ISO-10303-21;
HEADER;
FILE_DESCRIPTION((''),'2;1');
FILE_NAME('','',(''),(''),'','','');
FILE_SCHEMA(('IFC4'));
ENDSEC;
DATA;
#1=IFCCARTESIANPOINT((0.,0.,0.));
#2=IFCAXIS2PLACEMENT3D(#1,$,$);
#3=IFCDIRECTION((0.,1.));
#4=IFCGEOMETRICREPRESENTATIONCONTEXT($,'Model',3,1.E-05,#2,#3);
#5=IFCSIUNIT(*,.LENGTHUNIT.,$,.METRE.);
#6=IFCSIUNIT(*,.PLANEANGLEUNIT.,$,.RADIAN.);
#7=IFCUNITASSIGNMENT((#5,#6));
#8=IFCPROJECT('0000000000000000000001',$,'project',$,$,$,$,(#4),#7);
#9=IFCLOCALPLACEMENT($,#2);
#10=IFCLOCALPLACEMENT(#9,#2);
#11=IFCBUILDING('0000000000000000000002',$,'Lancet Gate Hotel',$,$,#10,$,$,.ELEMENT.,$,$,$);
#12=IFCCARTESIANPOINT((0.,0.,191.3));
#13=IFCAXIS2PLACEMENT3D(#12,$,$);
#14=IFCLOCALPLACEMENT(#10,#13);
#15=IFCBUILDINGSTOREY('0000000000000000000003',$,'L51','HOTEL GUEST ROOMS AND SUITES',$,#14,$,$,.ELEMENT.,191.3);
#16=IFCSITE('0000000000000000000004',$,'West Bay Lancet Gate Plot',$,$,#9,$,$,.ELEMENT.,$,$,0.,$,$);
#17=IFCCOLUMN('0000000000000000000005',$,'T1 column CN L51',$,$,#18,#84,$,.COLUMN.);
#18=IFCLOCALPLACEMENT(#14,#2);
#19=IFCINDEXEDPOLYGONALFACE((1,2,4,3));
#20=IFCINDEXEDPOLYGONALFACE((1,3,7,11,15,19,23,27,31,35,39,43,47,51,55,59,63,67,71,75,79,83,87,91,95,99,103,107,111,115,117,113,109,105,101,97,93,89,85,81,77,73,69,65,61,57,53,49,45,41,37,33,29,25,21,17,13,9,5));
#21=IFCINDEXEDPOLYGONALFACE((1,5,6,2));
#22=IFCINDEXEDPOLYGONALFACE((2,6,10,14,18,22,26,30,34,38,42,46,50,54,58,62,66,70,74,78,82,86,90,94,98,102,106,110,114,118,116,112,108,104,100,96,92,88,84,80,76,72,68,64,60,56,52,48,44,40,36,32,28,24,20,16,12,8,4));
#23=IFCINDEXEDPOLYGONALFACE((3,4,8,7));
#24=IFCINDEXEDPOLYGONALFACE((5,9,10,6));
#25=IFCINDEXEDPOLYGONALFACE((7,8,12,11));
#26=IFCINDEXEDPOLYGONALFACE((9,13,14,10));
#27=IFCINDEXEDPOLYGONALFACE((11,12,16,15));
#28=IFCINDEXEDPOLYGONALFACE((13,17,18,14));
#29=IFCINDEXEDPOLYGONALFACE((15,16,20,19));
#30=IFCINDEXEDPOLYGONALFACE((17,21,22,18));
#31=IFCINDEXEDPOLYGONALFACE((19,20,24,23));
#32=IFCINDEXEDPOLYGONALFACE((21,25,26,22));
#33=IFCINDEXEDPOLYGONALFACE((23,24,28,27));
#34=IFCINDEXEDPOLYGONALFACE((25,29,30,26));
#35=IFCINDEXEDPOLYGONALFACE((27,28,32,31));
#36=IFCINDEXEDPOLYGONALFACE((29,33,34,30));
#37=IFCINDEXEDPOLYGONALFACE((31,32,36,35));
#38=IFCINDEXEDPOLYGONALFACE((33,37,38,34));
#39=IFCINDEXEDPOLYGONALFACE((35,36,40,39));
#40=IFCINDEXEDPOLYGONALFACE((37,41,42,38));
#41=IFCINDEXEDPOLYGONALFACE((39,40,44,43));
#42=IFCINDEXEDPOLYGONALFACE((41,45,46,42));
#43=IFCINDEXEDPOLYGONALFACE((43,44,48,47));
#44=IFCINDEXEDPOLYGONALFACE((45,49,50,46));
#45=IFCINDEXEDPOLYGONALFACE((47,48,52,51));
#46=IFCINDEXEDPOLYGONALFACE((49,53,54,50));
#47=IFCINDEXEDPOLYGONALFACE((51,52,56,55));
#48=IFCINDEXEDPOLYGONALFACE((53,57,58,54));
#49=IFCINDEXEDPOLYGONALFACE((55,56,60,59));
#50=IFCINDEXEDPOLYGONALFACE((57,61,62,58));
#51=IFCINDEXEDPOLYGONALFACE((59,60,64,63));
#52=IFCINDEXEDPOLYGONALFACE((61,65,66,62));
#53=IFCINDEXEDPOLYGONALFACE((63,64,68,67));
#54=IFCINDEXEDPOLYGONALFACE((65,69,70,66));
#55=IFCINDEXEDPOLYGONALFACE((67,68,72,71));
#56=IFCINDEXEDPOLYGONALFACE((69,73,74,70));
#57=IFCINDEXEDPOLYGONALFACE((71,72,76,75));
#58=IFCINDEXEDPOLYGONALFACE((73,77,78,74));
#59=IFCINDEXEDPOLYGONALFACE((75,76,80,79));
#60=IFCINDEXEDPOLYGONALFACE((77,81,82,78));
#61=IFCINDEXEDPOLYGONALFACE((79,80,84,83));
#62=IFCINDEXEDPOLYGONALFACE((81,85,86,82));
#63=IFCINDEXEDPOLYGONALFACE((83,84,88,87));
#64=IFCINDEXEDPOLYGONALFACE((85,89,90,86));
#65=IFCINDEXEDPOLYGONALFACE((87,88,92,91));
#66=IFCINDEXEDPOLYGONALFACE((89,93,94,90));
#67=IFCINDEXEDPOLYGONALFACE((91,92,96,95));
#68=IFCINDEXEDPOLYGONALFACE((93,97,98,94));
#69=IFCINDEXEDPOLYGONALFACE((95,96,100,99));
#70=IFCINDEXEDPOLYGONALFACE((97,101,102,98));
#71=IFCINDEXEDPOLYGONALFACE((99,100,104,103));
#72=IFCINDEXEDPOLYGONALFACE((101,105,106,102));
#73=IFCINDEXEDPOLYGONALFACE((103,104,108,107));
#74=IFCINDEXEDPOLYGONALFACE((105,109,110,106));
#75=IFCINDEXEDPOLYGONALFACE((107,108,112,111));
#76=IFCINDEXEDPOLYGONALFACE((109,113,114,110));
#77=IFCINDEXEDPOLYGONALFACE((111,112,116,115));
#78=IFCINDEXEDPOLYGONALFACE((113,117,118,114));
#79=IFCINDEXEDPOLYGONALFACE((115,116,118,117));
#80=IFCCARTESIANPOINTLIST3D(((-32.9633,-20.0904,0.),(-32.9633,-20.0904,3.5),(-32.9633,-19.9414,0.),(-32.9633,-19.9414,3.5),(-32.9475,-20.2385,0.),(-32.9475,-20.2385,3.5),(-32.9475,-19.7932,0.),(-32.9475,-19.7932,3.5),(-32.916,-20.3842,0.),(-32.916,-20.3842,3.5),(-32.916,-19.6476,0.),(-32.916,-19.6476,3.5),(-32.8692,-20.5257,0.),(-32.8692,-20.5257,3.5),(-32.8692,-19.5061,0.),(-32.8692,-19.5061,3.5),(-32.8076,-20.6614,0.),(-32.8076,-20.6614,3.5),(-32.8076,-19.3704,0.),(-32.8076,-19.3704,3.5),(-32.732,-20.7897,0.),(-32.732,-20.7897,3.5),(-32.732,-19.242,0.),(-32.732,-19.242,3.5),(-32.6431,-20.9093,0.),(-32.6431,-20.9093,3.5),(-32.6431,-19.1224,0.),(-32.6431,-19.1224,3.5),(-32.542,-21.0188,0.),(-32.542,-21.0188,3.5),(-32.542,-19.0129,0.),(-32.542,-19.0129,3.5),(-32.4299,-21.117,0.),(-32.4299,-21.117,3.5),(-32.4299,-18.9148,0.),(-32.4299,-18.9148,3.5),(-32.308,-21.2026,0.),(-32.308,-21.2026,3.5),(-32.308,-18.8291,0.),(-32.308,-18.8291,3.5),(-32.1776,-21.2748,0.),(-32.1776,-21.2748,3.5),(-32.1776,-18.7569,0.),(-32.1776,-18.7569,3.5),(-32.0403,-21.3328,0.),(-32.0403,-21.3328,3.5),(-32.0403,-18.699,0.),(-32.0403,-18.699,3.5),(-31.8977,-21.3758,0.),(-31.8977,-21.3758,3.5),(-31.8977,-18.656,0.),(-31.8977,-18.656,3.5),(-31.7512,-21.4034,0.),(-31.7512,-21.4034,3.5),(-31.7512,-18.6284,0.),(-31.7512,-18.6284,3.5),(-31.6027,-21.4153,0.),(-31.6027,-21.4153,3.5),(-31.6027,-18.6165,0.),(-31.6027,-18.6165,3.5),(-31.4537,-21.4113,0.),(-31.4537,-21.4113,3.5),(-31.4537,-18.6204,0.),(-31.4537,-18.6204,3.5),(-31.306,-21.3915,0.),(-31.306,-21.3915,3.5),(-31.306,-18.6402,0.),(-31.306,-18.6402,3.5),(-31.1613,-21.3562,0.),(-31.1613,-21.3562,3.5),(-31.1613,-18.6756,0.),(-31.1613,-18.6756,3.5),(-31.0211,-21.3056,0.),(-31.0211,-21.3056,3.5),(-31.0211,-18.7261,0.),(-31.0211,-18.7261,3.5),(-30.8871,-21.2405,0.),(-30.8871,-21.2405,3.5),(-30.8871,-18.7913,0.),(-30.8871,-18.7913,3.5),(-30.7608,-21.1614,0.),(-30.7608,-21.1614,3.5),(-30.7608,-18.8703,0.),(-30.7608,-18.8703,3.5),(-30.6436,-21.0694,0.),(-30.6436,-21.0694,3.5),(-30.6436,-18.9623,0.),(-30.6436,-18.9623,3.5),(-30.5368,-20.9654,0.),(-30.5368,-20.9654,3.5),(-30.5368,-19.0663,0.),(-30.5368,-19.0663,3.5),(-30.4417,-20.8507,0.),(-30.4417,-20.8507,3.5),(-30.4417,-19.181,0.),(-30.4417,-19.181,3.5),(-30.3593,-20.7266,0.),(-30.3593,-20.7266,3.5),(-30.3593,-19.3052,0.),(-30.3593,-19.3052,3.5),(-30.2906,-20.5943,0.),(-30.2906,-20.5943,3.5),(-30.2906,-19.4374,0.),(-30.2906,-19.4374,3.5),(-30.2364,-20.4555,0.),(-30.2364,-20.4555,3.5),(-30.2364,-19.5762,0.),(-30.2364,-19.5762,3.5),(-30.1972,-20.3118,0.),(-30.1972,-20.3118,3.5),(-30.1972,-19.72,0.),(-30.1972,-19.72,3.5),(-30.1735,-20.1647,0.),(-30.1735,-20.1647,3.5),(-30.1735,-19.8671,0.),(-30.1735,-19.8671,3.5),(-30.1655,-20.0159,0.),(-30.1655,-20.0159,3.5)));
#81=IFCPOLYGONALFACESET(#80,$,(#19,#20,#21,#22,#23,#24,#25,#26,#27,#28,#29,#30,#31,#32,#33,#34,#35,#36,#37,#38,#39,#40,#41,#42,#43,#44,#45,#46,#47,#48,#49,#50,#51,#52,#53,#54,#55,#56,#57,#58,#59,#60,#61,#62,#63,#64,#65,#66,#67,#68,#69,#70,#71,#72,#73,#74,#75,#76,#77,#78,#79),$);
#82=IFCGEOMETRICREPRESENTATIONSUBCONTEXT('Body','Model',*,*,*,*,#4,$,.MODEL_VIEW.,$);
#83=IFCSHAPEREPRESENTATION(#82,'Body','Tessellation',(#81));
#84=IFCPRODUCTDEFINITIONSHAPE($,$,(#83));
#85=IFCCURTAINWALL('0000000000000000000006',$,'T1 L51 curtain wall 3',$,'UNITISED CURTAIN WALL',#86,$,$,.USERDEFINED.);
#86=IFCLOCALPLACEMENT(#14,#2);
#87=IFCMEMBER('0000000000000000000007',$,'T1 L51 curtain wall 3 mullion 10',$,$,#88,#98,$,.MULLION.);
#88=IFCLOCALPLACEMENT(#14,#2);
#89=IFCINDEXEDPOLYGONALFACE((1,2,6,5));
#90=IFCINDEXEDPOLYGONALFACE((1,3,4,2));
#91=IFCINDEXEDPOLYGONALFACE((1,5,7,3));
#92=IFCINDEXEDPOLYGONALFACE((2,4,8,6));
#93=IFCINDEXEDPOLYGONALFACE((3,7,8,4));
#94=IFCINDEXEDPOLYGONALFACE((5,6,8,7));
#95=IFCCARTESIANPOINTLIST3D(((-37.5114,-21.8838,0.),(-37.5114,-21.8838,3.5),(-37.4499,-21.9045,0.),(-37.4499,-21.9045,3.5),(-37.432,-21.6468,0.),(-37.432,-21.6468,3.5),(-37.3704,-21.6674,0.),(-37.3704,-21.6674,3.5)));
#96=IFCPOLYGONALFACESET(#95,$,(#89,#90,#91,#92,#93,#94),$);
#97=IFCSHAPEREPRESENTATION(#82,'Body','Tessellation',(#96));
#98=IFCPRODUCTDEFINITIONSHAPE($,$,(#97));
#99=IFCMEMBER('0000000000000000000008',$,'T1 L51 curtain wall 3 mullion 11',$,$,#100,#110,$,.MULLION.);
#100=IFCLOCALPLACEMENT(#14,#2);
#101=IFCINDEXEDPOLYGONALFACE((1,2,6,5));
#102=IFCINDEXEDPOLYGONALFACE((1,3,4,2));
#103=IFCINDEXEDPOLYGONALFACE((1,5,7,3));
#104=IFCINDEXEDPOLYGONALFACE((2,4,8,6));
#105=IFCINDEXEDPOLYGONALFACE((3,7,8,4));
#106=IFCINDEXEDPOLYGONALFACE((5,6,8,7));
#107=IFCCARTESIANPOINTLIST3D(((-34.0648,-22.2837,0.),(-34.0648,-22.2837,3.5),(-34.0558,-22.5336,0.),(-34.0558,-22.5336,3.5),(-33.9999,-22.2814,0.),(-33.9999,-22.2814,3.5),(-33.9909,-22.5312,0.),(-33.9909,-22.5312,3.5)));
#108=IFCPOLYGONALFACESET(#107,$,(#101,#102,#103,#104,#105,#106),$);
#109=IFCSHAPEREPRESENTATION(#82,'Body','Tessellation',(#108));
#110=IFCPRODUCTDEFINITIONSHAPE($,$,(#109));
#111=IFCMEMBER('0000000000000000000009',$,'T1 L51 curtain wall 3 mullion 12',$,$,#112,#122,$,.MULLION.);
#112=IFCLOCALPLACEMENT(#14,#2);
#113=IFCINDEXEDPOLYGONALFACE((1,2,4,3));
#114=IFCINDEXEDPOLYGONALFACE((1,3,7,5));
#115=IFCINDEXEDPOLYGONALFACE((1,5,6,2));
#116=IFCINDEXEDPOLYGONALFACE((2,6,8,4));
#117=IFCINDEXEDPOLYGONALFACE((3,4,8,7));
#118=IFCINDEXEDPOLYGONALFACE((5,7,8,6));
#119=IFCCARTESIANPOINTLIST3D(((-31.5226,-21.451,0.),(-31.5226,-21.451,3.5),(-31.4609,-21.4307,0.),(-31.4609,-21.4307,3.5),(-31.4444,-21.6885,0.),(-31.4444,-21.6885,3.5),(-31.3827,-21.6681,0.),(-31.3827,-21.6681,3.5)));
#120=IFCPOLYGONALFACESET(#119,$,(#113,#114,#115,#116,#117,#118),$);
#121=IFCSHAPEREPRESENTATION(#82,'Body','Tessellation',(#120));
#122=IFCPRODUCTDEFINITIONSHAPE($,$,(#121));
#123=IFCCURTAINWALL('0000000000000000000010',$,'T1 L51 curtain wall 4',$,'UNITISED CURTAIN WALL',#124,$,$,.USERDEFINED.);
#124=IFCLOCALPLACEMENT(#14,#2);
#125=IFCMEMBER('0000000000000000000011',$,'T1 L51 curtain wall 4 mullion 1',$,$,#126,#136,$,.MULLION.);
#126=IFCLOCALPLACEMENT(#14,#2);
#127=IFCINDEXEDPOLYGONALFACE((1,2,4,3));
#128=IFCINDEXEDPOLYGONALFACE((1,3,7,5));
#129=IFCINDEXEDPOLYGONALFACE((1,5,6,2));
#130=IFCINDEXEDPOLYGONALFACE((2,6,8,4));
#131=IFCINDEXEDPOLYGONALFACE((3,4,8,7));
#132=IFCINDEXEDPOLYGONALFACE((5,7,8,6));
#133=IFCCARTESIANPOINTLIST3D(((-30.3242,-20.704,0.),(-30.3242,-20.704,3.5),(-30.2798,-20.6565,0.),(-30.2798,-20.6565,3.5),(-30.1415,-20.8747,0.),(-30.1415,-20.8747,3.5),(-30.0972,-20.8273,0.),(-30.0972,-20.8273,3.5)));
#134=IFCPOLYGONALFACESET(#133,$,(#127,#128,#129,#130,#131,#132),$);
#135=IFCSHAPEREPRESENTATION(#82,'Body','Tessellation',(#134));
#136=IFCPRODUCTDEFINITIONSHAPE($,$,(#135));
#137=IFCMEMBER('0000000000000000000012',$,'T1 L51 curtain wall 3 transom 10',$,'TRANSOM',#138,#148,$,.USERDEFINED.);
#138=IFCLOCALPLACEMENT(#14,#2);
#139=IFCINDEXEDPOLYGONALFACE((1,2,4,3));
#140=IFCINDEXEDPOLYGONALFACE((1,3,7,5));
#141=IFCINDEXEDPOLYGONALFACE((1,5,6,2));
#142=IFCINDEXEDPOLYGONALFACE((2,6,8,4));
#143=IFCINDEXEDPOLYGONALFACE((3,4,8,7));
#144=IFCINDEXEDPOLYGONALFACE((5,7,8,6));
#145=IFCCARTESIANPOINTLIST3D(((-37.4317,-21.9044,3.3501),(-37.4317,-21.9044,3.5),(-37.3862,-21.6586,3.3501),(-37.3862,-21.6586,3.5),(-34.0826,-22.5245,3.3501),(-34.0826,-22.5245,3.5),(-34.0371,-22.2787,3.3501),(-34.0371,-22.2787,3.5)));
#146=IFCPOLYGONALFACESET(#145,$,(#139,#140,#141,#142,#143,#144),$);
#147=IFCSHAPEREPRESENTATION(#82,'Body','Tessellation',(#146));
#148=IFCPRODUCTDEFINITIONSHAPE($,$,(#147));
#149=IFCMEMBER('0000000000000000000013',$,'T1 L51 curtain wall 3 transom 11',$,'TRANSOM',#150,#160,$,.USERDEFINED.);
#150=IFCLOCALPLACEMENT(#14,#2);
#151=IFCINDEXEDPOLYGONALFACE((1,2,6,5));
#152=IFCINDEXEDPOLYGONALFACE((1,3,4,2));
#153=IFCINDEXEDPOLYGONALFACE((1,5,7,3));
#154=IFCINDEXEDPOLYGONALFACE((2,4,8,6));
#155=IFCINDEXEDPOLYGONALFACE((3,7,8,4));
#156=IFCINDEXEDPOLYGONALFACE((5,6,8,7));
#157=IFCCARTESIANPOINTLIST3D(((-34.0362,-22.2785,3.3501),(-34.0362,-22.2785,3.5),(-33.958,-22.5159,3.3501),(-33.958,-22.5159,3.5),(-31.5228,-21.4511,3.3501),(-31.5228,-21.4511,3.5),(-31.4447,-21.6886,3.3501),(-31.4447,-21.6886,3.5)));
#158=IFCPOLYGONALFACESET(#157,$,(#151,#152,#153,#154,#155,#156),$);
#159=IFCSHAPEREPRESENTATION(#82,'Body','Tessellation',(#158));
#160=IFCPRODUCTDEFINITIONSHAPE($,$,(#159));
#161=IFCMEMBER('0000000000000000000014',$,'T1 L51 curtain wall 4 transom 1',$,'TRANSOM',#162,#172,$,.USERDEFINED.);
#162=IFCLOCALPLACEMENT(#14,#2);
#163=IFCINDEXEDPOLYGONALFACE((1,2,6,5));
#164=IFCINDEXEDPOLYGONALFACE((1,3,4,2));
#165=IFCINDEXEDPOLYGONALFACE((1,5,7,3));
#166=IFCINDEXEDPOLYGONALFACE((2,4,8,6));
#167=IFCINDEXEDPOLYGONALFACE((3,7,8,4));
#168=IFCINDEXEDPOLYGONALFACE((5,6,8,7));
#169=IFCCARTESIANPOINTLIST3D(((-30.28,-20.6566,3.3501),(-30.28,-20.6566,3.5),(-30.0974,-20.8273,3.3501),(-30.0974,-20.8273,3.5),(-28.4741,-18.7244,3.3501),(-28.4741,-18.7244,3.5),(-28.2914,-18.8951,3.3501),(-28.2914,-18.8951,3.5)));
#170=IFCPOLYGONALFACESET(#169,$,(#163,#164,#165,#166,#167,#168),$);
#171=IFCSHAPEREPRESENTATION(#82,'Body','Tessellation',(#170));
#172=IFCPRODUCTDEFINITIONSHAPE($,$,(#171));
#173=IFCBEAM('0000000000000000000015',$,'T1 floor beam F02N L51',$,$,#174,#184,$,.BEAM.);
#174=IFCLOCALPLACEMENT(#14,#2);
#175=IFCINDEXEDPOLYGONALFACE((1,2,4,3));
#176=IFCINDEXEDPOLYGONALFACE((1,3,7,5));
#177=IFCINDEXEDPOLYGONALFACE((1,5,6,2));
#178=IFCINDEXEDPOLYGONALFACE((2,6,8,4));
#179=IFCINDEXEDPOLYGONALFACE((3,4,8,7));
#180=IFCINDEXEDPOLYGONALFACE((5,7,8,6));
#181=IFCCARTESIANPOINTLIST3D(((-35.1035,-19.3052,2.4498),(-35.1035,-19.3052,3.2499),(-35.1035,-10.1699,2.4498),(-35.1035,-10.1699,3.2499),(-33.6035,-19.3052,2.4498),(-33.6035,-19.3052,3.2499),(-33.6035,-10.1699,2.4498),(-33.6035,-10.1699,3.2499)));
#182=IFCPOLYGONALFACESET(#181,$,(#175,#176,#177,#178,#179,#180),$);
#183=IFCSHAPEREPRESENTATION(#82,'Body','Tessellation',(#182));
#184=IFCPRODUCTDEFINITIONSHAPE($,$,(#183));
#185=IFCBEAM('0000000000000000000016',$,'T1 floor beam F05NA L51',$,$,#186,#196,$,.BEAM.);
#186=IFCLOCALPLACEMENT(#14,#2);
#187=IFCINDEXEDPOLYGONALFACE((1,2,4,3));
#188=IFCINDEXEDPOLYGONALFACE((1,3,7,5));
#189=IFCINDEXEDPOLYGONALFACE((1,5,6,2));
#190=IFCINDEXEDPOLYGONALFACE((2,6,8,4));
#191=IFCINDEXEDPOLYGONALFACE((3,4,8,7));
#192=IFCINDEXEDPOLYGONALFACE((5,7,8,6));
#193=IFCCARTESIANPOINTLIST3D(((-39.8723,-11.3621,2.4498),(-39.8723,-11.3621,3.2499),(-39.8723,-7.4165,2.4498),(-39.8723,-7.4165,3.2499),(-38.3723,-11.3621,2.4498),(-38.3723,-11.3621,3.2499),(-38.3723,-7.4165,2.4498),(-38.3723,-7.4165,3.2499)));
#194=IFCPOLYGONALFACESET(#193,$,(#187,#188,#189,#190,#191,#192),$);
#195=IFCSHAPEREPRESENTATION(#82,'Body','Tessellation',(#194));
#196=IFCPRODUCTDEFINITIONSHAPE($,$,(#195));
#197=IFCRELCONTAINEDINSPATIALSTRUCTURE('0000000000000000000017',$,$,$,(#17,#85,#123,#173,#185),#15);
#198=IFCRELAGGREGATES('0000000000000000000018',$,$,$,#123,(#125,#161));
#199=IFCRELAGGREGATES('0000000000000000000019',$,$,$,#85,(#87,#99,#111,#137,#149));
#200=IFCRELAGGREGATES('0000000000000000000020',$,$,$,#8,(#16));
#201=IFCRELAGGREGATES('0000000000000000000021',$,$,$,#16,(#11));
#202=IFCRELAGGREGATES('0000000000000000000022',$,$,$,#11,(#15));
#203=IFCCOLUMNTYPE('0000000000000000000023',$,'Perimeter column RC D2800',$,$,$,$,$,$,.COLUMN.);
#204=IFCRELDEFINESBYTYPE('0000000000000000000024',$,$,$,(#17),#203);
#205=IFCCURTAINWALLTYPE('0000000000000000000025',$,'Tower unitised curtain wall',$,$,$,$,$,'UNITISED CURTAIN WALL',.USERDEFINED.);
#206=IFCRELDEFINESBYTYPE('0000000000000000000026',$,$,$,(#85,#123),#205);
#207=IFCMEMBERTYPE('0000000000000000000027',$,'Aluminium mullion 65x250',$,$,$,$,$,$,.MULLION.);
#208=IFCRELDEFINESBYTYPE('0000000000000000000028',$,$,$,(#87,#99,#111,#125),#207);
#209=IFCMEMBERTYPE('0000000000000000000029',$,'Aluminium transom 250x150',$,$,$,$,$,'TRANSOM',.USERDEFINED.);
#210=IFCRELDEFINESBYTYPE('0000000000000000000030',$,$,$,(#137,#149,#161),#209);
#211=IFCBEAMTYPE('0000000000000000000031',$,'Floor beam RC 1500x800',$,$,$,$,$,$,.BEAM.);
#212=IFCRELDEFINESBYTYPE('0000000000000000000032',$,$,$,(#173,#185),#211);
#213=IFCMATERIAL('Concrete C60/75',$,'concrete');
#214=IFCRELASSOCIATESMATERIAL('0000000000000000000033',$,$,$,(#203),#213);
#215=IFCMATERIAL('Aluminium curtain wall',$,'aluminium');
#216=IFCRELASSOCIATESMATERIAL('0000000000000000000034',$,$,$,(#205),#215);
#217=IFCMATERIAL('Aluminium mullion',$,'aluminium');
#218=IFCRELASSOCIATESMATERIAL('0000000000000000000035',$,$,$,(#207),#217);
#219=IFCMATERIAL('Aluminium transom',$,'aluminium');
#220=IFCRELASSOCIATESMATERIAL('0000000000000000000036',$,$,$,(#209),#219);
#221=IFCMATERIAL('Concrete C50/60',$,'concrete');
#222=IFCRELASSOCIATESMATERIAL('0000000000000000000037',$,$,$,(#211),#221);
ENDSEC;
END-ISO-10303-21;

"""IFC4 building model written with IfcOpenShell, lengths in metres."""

from ifc_helpers import new_model, si_unit, direction, frame, origin, origin_2d, place, context, subcontext, project, spatial, rectangle, circle, extrude, material, material_profile, profile_set, type_object, element, aggregate, save


model = new_model("IFC4")

# Units and contexts
model_context = context("Model", 3, precision=1e-05, world=origin(), true_north=direction((0.0, 1.0)))
body_context = subcontext(model_context, "Body", "Model", "MODEL_VIEW")
ifc_project = project(units=[si_unit("LENGTHUNIT", "METRE"), si_unit("PLANEANGLEUNIT", "RADIAN")], contexts=[model_context])

# Site, building, storey
site_placement = place(None, origin())
site = spatial("IfcSite", under=ifc_project, at=site_placement, Name="West Bay Lancet Gate Plot", CompositionType="ELEMENT", RefElevation=0.0)
building_placement = place(site_placement, origin())
building = spatial("IfcBuilding", under=site, at=building_placement, Name="Lancet Gate Hotel", CompositionType="ELEMENT")
storey_placement = place(building_placement, frame((0.0, 0.0, 191.3)))
storey = spatial("IfcBuildingStorey", under=building, at=storey_placement, Name="L51", Description="HOTEL GUEST ROOMS AND SUITES", CompositionType="ELEMENT", Elevation=191.3)

# Column
ifc_material_1 = material(Name="Concrete C60/75", Category="concrete")
ifc_material_profile_1 = material_profile(ifc_material_1, circle(Radius=1.3999, at=origin_2d()), Name="RC D2800")
ifc_profile_set_1 = profile_set([ifc_material_profile_1], Name="Concrete C60/75")
column_type = type_object("IfcColumnType", Name="Perimeter column RC D2800", PredefinedType="COLUMN", material=ifc_profile_set_1)
column_placement = place(storey_placement, frame((-31.5654, -20.0159, 0.0), z_axis=(0.0, 0.0, 1.0), x_axis=(1.0, 0.0, 0.0)))
element("IfcColumn", 1, at=column_placement, inside=storey, type_object=column_type, Name="T1 column CN L51", PredefinedType="COLUMN", context=body_context, shape_type="SweptSolid", body=[
    extrude(circle(Radius=1.3999, at=origin_2d()), origin(), (0.0, 0.0, 1.0), 3.5),
])

# Curtain wall, members
ifc_material_2 = material(Name="Aluminium curtain wall", Category="aluminium")
curtain_wall_type = type_object("IfcCurtainWallType", Name="Tower unitised curtain wall", ElementType="UNITISED CURTAIN WALL", PredefinedType="USERDEFINED", material=ifc_material_2)
curtain_wall_1_placement = place(storey_placement, origin())
curtain_wall_1 = element("IfcCurtainWall", 2, at=curtain_wall_1_placement, inside=storey, type_object=curtain_wall_type, Name="T1 L51 curtain wall 3", ObjectType="UNITISED CURTAIN WALL", PredefinedType="USERDEFINED")
ifc_material_3 = material(Name="Aluminium mullion", Category="aluminium")
ifc_material_profile_2 = material_profile(ifc_material_3, rectangle(XDim=0.0649, YDim=0.25, at=origin_2d()), Name="MULLION 65x250")
ifc_profile_set_2 = profile_set([ifc_material_profile_2], Name="Aluminium mullion")
member_type_1 = type_object("IfcMemberType", Name="Aluminium mullion 65x250", PredefinedType="MULLION", material=ifc_profile_set_2)
member_1_placement = place(storey_placement, frame((-37.4409, -21.7756, 0.0), z_axis=(0.0, 0.0, 1.0), x_axis=(0.948119, -0.317915, 0.0)))
member_1 = element("IfcMember", 3, at=member_1_placement, type_object=member_type_1, Name="T1 L51 curtain wall 3 mullion 10", PredefinedType="MULLION", context=body_context, shape_type="SweptSolid", body=[
    extrude(rectangle(XDim=0.0649, YDim=0.25, at=origin_2d()), origin(), (0.0, 0.0, 1.0), 3.5),
])
member_2_placement = place(storey_placement, frame((-34.0278, -22.4075, 0.0), z_axis=(0.0, 0.0, 1.0), x_axis=(0.99935, 0.036037, 0.0)))
member_2 = element("IfcMember", 4, at=member_2_placement, type_object=member_type_1, Name="T1 L51 curtain wall 3 mullion 11", PredefinedType="MULLION", context=body_context, shape_type="SweptSolid", body=[
    extrude(rectangle(XDim=0.0649, YDim=0.25, at=origin_2d()), origin(), (0.0, 0.0, 1.0), 3.5),
])
member_3_placement = place(storey_placement, frame((-31.4526, -21.5596, 0.0), z_axis=(0.0, 0.0, 1.0), x_axis=(0.949848, 0.312712, 0.0)))
member_3 = element("IfcMember", 5, at=member_3_placement, type_object=member_type_1, Name="T1 L51 curtain wall 3 mullion 12", PredefinedType="MULLION", context=body_context, shape_type="SweptSolid", body=[
    extrude(rectangle(XDim=0.0649, YDim=0.25, at=origin_2d()), origin(), (0.0, 0.0, 1.0), 3.5),
])

# Curtain wall, member
curtain_wall_2_placement = place(storey_placement, origin())
curtain_wall_2 = element("IfcCurtainWall", 6, at=curtain_wall_2_placement, inside=storey, type_object=curtain_wall_type, Name="T1 L51 curtain wall 4", ObjectType="UNITISED CURTAIN WALL", PredefinedType="USERDEFINED")
member_4_placement = place(storey_placement, frame((-30.2107, -20.7656, 0.0), z_axis=(0.0, 0.0, 1.0), x_axis=(0.682845, 0.730563, 0.0)))
member_4 = element("IfcMember", 7, at=member_4_placement, type_object=member_type_1, Name="T1 L51 curtain wall 4 mullion 1", PredefinedType="MULLION", context=body_context, shape_type="SweptSolid", body=[
    extrude(rectangle(XDim=0.0649, YDim=0.25, at=origin_2d()), origin(), (0.0, 0.0, 1.0), 3.5),
])

# Members
ifc_material_4 = material(Name="Aluminium transom", Category="aluminium")
ifc_material_profile_3 = material_profile(ifc_material_4, rectangle(XDim=0.25, YDim=0.1499, at=origin_2d()), Name="TRANSOM 250x150")
ifc_profile_set_3 = profile_set([ifc_material_profile_3], Name="Aluminium transom")
member_type_2 = type_object("IfcMemberType", Name="Aluminium transom 250x150", ElementType="TRANSOM", PredefinedType="USERDEFINED", material=ifc_profile_set_3)
member_5_placement = place(storey_placement, frame((-37.4089, -21.7815, 3.425), z_axis=(0.983287, -0.182064, 0.0), x_axis=(0.182064, 0.983287, 0.0)))
member_5 = element("IfcMember", 8, at=member_5_placement, type_object=member_type_2, Name="T1 L51 curtain wall 3 transom 10", ObjectType="TRANSOM", PredefinedType="USERDEFINED", context=body_context, shape_type="SweptSolid", body=[
    extrude(rectangle(XDim=0.25, YDim=0.1499, at=origin_2d()), origin(), (0.0, 0.0, 1.0), 3.406),
])
member_6_placement = place(storey_placement, frame((-33.9971, -22.3972, 3.425), z_axis=(0.949858, 0.312683, 0.0), x_axis=(-0.312683, 0.949858, 0.0)))
member_6 = element("IfcMember", 9, at=member_6_placement, type_object=member_type_2, Name="T1 L51 curtain wall 3 transom 11", ObjectType="TRANSOM", PredefinedType="USERDEFINED", context=body_context, shape_type="SweptSolid", body=[
    extrude(rectangle(XDim=0.25, YDim=0.1499, at=origin_2d()), origin(), (0.0, 0.0, 1.0), 2.646),
])
member_7_placement = place(storey_placement, frame((-30.1887, -20.7419, 3.425), z_axis=(0.682841, 0.730567, 0.0), x_axis=(-0.730567, 0.682841, 0.0)))
member_7 = element("IfcMember", 10, at=member_7_placement, type_object=member_type_2, Name="T1 L51 curtain wall 4 transom 1", ObjectType="TRANSOM", PredefinedType="USERDEFINED", context=body_context, shape_type="SweptSolid", body=[
    extrude(rectangle(XDim=0.25, YDim=0.1499, at=origin_2d()), origin(), (0.0, 0.0, 1.0), 2.6448),
])
aggregate(curtain_wall_2, [member_4, member_7])

# Beams
ifc_material_5 = material(Name="Concrete C50/60", Category="concrete")
ifc_material_profile_4 = material_profile(ifc_material_5, rectangle(XDim=1.5, YDim=0.8, at=origin_2d()), Name="RC 1500x800")
ifc_profile_set_4 = profile_set([ifc_material_profile_4], Name="Concrete C50/60")
beam_type_1 = type_object("IfcBeamType", Name="Floor beam RC 1500x800", PredefinedType="BEAM", material=ifc_profile_set_4)
beam_1_placement = place(storey_placement, frame((-34.3535, -10.1699, 2.8499), z_axis=(0.0, -1.0, 0.0), x_axis=(1.0, 0.0, 0.0)))
element("IfcBeam", 11, at=beam_1_placement, inside=storey, type_object=beam_type_1, Name="T1 floor beam F02N L51", PredefinedType="BEAM", context=body_context, shape_type="SweptSolid", body=[
    extrude(rectangle(XDim=1.5, YDim=0.8, at=origin_2d()), origin(), (0.0, 0.0, 1.0), 9.1353),
])
beam_2_placement = place(storey_placement, frame((-39.1223, -7.4165, 2.8499), z_axis=(0.0, -1.0, 0.0), x_axis=(1.0, 0.0, 0.0)))
element("IfcBeam", 12, at=beam_2_placement, inside=storey, type_object=beam_type_1, Name="T1 floor beam F05NA L51", PredefinedType="BEAM", context=body_context, shape_type="SweptSolid", body=[
    extrude(rectangle(XDim=1.5, YDim=0.8, at=origin_2d()), origin(), (0.0, 0.0, 1.0), 3.9456),
])

aggregate(curtain_wall_1, [member_1, member_2, member_3, member_5, member_6])

save(model, "model.ifc")
